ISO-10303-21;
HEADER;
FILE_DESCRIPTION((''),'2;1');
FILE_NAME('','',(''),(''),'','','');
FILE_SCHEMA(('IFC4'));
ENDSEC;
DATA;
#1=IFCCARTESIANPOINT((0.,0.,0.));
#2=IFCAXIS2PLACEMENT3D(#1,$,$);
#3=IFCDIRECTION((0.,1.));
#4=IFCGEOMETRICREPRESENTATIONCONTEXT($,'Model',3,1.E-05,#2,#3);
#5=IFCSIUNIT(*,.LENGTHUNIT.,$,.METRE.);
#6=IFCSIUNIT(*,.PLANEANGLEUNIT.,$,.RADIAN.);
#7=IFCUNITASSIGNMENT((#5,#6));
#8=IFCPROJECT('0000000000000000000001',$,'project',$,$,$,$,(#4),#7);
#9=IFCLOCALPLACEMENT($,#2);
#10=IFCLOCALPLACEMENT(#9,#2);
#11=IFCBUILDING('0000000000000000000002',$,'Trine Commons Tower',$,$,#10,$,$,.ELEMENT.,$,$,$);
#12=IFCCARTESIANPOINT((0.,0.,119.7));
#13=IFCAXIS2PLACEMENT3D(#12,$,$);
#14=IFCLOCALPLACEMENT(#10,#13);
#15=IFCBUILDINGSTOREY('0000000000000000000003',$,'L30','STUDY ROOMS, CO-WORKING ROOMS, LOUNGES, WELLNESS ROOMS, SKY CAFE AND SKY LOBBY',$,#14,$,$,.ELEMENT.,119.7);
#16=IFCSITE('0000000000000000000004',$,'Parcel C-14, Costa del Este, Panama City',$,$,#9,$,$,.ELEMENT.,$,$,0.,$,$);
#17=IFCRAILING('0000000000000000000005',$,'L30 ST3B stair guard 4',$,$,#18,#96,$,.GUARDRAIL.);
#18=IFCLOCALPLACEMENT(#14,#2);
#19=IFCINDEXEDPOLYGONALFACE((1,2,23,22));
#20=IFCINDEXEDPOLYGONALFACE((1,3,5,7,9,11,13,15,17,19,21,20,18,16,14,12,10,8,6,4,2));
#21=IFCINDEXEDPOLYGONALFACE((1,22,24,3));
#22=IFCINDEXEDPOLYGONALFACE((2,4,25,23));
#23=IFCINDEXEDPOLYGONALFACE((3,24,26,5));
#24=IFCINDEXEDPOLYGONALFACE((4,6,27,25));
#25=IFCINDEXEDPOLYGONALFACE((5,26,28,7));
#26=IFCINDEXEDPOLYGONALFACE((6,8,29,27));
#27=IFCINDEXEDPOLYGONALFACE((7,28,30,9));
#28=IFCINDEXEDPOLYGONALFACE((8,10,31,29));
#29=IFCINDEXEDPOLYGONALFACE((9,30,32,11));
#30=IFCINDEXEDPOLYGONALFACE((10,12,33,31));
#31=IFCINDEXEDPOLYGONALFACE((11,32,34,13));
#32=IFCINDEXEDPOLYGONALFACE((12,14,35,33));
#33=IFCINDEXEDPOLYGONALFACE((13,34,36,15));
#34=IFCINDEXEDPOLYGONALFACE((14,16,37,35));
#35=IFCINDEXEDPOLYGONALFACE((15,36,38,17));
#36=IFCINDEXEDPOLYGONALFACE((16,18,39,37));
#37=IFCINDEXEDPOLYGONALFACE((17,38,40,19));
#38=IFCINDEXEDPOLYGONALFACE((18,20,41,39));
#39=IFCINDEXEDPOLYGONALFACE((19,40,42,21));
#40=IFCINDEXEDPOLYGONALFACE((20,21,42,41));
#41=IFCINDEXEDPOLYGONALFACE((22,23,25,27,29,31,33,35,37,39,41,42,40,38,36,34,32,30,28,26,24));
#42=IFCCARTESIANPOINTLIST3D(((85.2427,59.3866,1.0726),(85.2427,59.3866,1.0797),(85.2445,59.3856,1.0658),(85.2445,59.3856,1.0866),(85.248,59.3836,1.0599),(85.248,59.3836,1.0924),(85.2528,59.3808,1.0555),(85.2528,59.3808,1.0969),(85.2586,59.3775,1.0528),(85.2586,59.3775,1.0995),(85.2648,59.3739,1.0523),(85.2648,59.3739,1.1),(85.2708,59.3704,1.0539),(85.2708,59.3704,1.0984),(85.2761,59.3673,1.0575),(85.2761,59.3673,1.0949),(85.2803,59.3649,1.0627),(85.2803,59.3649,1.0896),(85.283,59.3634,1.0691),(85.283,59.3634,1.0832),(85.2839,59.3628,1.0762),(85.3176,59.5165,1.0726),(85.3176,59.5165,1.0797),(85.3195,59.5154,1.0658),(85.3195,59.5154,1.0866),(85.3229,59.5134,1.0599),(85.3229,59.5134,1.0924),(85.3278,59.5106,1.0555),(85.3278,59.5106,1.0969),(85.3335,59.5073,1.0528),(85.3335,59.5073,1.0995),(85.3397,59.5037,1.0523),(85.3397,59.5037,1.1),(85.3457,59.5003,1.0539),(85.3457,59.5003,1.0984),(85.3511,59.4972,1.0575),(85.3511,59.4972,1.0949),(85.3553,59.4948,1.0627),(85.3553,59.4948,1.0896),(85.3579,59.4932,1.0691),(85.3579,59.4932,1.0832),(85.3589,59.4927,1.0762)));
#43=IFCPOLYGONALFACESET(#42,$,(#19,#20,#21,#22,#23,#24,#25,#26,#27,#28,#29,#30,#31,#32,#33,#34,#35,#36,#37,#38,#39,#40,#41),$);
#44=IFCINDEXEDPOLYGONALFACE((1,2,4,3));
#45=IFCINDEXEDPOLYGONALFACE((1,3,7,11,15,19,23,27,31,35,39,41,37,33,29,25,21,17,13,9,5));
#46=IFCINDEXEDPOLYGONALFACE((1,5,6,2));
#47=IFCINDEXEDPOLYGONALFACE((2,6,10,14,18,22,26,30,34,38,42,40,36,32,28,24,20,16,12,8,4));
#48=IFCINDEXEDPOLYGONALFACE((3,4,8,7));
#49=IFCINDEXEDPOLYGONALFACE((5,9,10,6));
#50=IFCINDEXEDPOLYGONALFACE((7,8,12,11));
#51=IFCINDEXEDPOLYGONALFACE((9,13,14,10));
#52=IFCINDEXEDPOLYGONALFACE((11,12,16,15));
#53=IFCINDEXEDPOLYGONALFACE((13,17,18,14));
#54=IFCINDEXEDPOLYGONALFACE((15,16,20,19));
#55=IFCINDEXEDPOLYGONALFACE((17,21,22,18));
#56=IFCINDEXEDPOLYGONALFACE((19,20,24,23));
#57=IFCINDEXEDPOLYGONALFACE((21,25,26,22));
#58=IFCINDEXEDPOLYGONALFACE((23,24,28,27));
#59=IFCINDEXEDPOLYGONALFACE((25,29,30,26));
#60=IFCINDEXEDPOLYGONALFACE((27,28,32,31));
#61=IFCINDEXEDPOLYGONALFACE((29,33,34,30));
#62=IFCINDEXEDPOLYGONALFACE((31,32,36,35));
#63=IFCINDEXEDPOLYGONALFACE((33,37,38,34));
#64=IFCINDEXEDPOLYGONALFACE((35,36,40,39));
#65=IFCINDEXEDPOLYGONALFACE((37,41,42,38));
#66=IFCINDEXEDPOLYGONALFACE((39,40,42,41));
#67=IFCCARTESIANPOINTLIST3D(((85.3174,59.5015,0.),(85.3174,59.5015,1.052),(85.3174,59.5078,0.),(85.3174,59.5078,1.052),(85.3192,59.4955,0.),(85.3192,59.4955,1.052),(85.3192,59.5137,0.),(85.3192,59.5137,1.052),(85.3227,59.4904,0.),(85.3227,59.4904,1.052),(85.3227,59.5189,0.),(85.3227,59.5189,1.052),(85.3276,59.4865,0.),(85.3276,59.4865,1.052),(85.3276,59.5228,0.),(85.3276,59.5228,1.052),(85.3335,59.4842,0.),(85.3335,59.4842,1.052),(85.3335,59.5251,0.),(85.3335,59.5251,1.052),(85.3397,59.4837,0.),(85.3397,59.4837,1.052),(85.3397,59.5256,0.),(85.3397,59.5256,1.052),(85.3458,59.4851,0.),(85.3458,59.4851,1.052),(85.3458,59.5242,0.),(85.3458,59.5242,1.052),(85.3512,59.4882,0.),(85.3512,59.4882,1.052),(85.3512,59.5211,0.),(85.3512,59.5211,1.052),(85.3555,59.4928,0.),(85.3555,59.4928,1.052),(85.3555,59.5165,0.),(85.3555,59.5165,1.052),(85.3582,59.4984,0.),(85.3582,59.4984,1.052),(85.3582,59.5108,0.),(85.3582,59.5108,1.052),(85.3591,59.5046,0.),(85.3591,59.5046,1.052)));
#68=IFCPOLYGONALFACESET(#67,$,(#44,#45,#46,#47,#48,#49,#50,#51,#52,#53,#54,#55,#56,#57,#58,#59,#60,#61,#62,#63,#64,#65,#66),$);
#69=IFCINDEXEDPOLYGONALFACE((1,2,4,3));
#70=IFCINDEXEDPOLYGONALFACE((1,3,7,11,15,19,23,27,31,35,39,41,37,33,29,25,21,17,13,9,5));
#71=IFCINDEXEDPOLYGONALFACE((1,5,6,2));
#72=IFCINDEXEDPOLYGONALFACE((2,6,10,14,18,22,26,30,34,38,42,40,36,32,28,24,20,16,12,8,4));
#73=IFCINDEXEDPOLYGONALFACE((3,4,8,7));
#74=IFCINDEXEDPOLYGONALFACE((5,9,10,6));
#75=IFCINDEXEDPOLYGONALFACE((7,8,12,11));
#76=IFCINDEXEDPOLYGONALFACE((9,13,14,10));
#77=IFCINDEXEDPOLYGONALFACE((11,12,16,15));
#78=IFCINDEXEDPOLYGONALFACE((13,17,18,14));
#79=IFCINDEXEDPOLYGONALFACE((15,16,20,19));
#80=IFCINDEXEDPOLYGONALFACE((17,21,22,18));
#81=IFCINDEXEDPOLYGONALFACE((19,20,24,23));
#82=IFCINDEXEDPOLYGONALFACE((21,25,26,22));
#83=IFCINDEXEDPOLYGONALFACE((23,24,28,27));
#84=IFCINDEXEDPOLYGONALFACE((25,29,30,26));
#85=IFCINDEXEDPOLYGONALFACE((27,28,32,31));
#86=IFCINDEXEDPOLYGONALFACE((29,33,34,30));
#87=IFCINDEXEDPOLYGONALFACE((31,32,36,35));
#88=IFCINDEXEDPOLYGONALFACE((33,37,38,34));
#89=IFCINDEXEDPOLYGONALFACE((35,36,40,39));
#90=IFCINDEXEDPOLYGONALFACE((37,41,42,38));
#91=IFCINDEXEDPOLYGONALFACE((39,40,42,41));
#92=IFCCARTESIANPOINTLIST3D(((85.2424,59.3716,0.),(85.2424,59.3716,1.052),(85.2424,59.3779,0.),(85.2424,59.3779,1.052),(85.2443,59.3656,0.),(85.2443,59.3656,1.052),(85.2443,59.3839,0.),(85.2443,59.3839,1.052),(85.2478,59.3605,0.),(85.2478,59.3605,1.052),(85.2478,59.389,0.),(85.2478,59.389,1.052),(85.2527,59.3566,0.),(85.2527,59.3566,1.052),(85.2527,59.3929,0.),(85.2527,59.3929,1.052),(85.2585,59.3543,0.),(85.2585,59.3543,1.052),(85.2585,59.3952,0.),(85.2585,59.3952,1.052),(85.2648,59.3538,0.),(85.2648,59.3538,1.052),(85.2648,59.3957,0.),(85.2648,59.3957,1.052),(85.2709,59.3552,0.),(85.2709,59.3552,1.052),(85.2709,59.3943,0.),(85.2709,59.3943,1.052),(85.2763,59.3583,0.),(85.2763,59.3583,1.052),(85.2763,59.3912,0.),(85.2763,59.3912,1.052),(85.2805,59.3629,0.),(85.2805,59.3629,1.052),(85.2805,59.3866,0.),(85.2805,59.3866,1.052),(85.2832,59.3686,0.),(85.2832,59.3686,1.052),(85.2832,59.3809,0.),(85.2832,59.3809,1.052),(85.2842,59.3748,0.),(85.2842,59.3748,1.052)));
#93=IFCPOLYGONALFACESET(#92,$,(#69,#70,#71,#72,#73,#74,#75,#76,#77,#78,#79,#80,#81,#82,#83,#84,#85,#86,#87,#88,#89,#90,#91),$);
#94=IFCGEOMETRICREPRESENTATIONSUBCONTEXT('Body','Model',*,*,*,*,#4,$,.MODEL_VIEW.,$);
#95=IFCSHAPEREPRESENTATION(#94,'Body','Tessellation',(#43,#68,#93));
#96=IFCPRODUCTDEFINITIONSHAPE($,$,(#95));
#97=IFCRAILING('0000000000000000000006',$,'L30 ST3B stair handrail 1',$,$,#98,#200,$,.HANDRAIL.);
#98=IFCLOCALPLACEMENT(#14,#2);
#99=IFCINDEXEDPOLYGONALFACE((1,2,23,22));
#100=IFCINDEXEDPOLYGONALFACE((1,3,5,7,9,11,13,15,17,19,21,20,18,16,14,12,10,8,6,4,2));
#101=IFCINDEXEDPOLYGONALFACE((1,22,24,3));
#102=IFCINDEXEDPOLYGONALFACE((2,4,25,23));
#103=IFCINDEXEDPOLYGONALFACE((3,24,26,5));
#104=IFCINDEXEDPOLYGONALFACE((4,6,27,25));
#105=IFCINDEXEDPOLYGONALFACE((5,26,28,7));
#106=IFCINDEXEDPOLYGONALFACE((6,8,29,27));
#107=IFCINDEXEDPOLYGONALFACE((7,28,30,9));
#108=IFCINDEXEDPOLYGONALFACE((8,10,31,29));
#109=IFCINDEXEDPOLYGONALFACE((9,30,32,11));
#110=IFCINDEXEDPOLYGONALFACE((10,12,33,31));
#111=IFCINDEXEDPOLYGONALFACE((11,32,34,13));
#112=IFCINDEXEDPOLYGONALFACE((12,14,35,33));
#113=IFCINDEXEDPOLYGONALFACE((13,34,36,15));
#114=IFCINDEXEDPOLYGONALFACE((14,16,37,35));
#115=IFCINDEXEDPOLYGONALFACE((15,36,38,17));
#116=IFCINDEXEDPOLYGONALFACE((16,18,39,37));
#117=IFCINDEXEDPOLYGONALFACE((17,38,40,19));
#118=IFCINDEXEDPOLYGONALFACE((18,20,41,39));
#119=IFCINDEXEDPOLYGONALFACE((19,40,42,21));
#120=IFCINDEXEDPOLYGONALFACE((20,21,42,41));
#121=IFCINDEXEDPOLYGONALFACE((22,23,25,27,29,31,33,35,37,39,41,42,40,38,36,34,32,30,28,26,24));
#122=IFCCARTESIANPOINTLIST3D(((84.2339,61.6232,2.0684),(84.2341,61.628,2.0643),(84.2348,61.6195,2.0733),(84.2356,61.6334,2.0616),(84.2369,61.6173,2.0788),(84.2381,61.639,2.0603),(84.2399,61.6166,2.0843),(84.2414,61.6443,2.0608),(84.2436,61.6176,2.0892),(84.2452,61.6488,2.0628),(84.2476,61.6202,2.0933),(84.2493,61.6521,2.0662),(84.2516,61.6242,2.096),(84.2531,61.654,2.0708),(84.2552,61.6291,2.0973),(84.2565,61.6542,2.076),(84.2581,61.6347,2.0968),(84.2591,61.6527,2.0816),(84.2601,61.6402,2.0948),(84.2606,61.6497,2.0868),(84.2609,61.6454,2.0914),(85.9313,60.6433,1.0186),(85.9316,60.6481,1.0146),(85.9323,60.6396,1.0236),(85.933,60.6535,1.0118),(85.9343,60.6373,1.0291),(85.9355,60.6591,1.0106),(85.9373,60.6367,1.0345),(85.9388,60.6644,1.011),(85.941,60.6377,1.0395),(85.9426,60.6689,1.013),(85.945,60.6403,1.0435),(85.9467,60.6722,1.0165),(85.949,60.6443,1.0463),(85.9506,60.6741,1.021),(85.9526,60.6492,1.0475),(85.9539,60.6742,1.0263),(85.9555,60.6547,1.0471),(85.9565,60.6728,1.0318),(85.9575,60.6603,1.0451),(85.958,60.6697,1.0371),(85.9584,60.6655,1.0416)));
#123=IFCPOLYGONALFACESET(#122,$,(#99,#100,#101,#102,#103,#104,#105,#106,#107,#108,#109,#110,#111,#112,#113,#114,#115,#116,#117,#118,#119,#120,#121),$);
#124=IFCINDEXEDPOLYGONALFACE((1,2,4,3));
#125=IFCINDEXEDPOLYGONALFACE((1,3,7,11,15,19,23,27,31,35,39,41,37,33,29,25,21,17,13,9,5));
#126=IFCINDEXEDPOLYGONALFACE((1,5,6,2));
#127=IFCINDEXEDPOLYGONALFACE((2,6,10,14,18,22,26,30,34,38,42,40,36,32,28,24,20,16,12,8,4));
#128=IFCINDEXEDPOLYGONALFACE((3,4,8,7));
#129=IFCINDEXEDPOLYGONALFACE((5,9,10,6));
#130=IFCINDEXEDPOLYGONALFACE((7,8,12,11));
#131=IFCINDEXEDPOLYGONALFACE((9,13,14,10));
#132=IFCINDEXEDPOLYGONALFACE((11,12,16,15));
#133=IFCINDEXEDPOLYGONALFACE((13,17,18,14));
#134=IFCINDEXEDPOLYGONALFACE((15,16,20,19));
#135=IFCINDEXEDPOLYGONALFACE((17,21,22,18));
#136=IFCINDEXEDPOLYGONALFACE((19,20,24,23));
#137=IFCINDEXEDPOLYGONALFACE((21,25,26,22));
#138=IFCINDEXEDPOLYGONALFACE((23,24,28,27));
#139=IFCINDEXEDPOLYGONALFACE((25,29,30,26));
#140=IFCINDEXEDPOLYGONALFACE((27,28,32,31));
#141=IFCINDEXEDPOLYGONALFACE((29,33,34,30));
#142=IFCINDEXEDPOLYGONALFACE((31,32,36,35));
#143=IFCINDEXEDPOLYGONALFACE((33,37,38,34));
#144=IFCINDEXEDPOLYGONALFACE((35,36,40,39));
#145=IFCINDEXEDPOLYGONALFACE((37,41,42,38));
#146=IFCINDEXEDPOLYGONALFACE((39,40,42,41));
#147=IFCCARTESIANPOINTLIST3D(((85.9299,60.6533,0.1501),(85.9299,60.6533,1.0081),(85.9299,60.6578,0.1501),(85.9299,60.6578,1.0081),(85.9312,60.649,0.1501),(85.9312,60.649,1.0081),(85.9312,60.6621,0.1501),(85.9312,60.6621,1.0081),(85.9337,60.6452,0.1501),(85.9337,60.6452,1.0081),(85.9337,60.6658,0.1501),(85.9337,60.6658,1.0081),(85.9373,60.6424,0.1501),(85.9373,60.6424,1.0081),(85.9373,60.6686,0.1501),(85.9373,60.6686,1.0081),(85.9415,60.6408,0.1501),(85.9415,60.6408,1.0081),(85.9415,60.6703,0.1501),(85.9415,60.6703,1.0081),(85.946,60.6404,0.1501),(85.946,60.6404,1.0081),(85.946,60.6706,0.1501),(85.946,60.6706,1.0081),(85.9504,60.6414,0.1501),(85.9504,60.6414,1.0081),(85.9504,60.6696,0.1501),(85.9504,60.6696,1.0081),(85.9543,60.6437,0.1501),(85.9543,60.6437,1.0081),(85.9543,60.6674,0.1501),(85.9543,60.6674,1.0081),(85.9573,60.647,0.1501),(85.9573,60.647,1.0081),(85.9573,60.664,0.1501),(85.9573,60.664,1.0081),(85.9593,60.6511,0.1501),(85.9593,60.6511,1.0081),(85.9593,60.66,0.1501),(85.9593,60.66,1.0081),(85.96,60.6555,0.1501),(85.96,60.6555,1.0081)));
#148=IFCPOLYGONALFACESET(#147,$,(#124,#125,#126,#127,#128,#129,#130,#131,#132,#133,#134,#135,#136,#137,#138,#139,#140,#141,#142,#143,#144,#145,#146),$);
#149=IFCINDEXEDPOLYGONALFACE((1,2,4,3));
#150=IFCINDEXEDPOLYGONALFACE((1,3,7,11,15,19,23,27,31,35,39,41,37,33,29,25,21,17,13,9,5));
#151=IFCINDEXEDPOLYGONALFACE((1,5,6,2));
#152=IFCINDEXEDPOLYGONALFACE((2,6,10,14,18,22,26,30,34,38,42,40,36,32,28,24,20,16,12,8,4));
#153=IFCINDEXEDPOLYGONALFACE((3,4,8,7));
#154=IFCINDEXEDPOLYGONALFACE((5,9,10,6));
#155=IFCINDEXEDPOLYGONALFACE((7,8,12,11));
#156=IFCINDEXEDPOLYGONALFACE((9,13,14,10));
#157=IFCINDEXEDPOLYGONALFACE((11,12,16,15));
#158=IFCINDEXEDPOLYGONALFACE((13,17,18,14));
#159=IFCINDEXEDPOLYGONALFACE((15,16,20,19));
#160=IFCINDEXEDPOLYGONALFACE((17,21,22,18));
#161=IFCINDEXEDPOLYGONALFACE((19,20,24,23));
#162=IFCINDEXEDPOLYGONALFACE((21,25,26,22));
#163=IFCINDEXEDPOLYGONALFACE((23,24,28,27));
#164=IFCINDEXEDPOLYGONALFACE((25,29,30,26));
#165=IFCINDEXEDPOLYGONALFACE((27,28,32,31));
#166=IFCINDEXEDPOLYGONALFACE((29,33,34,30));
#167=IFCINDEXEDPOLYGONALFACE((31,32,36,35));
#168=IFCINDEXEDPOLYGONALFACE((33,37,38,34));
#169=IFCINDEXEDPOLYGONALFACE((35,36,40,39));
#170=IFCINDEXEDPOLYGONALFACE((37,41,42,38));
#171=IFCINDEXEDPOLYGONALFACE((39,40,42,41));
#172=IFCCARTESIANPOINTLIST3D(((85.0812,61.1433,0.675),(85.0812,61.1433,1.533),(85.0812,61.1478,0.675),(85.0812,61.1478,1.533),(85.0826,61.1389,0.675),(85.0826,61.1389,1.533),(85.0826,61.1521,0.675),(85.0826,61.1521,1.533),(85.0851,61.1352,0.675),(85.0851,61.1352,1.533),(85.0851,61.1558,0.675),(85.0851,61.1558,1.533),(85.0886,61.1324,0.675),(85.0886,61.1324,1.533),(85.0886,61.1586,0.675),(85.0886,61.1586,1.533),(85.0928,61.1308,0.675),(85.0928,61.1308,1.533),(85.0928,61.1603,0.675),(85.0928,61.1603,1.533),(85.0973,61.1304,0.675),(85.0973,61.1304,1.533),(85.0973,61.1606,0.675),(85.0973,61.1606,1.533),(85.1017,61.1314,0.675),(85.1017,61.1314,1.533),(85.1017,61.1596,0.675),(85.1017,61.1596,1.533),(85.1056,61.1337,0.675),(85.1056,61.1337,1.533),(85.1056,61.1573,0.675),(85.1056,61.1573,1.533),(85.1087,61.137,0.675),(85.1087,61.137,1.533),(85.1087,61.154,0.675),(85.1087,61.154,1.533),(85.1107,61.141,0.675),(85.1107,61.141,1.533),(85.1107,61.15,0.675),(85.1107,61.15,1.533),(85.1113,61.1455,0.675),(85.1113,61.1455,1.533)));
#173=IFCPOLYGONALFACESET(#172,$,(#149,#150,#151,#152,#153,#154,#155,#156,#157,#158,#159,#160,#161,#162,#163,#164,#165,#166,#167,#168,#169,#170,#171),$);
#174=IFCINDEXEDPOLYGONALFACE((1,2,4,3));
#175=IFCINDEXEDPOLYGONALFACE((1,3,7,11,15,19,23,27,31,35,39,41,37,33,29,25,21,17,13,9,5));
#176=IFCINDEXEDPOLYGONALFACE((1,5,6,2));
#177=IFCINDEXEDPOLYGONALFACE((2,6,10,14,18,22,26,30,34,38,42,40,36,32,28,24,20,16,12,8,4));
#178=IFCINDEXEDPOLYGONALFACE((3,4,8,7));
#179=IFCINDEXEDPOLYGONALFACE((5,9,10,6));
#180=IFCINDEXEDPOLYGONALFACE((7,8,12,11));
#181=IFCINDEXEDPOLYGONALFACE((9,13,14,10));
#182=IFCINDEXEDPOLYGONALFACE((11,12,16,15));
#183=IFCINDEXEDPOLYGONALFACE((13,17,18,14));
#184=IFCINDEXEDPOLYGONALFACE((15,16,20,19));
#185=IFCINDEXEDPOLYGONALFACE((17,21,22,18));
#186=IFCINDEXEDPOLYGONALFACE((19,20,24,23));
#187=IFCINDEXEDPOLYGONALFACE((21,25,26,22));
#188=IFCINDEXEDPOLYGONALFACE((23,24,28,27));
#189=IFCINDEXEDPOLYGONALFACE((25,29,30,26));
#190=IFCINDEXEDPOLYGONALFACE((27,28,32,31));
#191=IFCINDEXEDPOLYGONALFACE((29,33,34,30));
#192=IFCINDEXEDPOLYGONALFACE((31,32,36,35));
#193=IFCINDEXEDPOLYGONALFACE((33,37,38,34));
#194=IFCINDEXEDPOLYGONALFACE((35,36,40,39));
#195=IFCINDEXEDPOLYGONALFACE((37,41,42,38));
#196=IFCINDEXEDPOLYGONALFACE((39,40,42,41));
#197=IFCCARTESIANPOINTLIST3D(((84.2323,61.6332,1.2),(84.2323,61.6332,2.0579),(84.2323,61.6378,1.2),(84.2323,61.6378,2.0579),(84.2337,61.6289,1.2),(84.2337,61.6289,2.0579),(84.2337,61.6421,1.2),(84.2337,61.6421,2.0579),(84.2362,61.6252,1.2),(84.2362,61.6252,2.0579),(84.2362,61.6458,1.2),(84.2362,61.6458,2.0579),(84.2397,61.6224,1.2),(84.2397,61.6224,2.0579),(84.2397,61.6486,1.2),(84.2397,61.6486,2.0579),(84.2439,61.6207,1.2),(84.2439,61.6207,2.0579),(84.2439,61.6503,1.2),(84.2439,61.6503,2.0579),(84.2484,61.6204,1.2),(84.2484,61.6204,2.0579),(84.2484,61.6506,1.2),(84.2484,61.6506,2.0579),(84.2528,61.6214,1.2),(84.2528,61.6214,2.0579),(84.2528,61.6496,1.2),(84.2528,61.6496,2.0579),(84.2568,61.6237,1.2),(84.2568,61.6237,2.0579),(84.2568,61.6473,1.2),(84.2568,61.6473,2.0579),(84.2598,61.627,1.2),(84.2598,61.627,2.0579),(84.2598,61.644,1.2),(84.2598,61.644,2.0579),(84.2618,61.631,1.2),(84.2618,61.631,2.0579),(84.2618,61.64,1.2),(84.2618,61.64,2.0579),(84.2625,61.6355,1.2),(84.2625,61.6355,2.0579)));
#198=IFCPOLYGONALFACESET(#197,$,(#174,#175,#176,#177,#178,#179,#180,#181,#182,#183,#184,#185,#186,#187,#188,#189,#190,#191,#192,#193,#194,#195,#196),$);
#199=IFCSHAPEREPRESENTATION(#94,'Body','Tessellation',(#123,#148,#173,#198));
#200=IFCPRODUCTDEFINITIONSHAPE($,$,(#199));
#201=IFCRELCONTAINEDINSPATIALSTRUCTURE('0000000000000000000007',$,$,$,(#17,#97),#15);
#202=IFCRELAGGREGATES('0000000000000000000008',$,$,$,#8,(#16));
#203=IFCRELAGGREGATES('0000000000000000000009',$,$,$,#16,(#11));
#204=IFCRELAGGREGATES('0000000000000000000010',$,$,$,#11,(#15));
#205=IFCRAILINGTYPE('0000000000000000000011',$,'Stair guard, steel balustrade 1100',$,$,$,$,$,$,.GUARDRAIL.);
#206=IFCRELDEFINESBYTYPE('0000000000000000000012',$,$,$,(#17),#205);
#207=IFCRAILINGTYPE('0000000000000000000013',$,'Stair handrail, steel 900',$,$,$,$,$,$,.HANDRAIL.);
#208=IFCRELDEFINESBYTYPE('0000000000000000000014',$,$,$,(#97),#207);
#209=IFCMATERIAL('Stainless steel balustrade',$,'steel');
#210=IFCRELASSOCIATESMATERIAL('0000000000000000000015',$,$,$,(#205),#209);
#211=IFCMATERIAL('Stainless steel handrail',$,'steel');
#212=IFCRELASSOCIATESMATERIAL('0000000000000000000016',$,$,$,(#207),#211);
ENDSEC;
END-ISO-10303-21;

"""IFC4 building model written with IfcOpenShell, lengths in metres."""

from ifc_helpers import new_model, si_unit, direction, frame, origin, origin_2d, place, context, subcontext, project, spatial, circle, extrude, material, type_object, element, save


model = new_model("IFC4")

# Units and contexts
model_context = context("Model", 3, precision=1e-05, world=origin(), true_north=direction((0.0, 1.0)))
body_context = subcontext(model_context, "Body", "Model", "MODEL_VIEW")
ifc_project = project(units=[si_unit("LENGTHUNIT", "METRE"), si_unit("PLANEANGLEUNIT", "RADIAN")], contexts=[model_context])

# Site, building, storey
site_placement = place(None, origin())
site = spatial("IfcSite", under=ifc_project, at=site_placement, Name="Parcel C-14, Costa del Este, Panama City", CompositionType="ELEMENT", RefElevation=0.0)
building_placement = place(site_placement, origin())
building = spatial("IfcBuilding", under=site, at=building_placement, Name="Trine Commons Tower", CompositionType="ELEMENT")
storey_placement = place(building_placement, frame((0.0, 0.0, 119.7)))
storey = spatial("IfcBuildingStorey", under=building, at=storey_placement, Name="L30", Description="STUDY ROOMS, CO-WORKING ROOMS, LOUNGES, WELLNESS ROOMS, SKY CAFE AND SKY LOBBY", CompositionType="ELEMENT", Elevation=119.7)

# Railings
ifc_material_1 = material(Name="Stainless steel balustrade", Category="steel")
railing_type_1 = type_object("IfcRailingType", Name="Stair guard, steel balustrade 1100", PredefinedType="GUARDRAIL", material=ifc_material_1)
railing_1_placement = place(storey_placement, frame((85.3381, 59.5046, 0.0)))
element("IfcRailing", 1, at=railing_1_placement, inside=storey, type_object=railing_type_1, Name="L30 ST3B stair guard 4", PredefinedType="GUARDRAIL", context=body_context, shape_type="SweptSolid", body=[
    extrude(circle(Radius=0.0239, at=origin_2d()), frame((0.0, 0.0, 1.0762), z_axis=(-0.499816, -0.866131, 0.0), x_axis=(0.866131, -0.499816, 0.0)), (0.0, 0.0, 1.0), 0.1499),
    extrude(circle(Radius=0.021, at=origin_2d()), origin(), (0.0, 0.0, 1.0), 1.052),
    extrude(circle(Radius=0.021, at=origin_2d()), frame((-0.075, -0.1299, 0.0)), (0.0, 0.0, 1.0), 1.052),
])
ifc_material_2 = material(Name="Stainless steel handrail", Category="steel")
railing_type_2 = type_object("IfcRailingType", Name="Stair handrail, steel 900", PredefinedType="HANDRAIL", material=ifc_material_2)
railing_2_placement = place(storey_placement, frame((85.9448, 60.6555, 0.1501)))
element("IfcRailing", 2, at=railing_2_placement, inside=storey, type_object=railing_type_2, Name="L30 ST3B stair handrail 1", PredefinedType="HANDRAIL", context=body_context, shape_type="SweptSolid", body=[
    extrude(circle(Radius=0.021, at=origin_2d()), frame((0.0, 0.0, 0.8789), z_axis=(-0.763437, 0.440736, 0.472139), x_axis=(-0.49997, -0.866042, 0.0)), (0.0, 0.0, 1.0), 2.2234),
    extrude(circle(Radius=0.0151, at=origin_2d()), origin(), (0.0, 0.0, 1.0), 0.8579),
    extrude(circle(Radius=0.0151, at=origin_2d()), frame((-0.8486, 0.49, 0.5249)), (0.0, 0.0, 1.0), 0.8579),
    extrude(circle(Radius=0.0151, at=origin_2d()), frame((-1.6975, 0.98, 1.0498)), (0.0, 0.0, 1.0), 0.8579),
])

save(model, "model.ifc")
